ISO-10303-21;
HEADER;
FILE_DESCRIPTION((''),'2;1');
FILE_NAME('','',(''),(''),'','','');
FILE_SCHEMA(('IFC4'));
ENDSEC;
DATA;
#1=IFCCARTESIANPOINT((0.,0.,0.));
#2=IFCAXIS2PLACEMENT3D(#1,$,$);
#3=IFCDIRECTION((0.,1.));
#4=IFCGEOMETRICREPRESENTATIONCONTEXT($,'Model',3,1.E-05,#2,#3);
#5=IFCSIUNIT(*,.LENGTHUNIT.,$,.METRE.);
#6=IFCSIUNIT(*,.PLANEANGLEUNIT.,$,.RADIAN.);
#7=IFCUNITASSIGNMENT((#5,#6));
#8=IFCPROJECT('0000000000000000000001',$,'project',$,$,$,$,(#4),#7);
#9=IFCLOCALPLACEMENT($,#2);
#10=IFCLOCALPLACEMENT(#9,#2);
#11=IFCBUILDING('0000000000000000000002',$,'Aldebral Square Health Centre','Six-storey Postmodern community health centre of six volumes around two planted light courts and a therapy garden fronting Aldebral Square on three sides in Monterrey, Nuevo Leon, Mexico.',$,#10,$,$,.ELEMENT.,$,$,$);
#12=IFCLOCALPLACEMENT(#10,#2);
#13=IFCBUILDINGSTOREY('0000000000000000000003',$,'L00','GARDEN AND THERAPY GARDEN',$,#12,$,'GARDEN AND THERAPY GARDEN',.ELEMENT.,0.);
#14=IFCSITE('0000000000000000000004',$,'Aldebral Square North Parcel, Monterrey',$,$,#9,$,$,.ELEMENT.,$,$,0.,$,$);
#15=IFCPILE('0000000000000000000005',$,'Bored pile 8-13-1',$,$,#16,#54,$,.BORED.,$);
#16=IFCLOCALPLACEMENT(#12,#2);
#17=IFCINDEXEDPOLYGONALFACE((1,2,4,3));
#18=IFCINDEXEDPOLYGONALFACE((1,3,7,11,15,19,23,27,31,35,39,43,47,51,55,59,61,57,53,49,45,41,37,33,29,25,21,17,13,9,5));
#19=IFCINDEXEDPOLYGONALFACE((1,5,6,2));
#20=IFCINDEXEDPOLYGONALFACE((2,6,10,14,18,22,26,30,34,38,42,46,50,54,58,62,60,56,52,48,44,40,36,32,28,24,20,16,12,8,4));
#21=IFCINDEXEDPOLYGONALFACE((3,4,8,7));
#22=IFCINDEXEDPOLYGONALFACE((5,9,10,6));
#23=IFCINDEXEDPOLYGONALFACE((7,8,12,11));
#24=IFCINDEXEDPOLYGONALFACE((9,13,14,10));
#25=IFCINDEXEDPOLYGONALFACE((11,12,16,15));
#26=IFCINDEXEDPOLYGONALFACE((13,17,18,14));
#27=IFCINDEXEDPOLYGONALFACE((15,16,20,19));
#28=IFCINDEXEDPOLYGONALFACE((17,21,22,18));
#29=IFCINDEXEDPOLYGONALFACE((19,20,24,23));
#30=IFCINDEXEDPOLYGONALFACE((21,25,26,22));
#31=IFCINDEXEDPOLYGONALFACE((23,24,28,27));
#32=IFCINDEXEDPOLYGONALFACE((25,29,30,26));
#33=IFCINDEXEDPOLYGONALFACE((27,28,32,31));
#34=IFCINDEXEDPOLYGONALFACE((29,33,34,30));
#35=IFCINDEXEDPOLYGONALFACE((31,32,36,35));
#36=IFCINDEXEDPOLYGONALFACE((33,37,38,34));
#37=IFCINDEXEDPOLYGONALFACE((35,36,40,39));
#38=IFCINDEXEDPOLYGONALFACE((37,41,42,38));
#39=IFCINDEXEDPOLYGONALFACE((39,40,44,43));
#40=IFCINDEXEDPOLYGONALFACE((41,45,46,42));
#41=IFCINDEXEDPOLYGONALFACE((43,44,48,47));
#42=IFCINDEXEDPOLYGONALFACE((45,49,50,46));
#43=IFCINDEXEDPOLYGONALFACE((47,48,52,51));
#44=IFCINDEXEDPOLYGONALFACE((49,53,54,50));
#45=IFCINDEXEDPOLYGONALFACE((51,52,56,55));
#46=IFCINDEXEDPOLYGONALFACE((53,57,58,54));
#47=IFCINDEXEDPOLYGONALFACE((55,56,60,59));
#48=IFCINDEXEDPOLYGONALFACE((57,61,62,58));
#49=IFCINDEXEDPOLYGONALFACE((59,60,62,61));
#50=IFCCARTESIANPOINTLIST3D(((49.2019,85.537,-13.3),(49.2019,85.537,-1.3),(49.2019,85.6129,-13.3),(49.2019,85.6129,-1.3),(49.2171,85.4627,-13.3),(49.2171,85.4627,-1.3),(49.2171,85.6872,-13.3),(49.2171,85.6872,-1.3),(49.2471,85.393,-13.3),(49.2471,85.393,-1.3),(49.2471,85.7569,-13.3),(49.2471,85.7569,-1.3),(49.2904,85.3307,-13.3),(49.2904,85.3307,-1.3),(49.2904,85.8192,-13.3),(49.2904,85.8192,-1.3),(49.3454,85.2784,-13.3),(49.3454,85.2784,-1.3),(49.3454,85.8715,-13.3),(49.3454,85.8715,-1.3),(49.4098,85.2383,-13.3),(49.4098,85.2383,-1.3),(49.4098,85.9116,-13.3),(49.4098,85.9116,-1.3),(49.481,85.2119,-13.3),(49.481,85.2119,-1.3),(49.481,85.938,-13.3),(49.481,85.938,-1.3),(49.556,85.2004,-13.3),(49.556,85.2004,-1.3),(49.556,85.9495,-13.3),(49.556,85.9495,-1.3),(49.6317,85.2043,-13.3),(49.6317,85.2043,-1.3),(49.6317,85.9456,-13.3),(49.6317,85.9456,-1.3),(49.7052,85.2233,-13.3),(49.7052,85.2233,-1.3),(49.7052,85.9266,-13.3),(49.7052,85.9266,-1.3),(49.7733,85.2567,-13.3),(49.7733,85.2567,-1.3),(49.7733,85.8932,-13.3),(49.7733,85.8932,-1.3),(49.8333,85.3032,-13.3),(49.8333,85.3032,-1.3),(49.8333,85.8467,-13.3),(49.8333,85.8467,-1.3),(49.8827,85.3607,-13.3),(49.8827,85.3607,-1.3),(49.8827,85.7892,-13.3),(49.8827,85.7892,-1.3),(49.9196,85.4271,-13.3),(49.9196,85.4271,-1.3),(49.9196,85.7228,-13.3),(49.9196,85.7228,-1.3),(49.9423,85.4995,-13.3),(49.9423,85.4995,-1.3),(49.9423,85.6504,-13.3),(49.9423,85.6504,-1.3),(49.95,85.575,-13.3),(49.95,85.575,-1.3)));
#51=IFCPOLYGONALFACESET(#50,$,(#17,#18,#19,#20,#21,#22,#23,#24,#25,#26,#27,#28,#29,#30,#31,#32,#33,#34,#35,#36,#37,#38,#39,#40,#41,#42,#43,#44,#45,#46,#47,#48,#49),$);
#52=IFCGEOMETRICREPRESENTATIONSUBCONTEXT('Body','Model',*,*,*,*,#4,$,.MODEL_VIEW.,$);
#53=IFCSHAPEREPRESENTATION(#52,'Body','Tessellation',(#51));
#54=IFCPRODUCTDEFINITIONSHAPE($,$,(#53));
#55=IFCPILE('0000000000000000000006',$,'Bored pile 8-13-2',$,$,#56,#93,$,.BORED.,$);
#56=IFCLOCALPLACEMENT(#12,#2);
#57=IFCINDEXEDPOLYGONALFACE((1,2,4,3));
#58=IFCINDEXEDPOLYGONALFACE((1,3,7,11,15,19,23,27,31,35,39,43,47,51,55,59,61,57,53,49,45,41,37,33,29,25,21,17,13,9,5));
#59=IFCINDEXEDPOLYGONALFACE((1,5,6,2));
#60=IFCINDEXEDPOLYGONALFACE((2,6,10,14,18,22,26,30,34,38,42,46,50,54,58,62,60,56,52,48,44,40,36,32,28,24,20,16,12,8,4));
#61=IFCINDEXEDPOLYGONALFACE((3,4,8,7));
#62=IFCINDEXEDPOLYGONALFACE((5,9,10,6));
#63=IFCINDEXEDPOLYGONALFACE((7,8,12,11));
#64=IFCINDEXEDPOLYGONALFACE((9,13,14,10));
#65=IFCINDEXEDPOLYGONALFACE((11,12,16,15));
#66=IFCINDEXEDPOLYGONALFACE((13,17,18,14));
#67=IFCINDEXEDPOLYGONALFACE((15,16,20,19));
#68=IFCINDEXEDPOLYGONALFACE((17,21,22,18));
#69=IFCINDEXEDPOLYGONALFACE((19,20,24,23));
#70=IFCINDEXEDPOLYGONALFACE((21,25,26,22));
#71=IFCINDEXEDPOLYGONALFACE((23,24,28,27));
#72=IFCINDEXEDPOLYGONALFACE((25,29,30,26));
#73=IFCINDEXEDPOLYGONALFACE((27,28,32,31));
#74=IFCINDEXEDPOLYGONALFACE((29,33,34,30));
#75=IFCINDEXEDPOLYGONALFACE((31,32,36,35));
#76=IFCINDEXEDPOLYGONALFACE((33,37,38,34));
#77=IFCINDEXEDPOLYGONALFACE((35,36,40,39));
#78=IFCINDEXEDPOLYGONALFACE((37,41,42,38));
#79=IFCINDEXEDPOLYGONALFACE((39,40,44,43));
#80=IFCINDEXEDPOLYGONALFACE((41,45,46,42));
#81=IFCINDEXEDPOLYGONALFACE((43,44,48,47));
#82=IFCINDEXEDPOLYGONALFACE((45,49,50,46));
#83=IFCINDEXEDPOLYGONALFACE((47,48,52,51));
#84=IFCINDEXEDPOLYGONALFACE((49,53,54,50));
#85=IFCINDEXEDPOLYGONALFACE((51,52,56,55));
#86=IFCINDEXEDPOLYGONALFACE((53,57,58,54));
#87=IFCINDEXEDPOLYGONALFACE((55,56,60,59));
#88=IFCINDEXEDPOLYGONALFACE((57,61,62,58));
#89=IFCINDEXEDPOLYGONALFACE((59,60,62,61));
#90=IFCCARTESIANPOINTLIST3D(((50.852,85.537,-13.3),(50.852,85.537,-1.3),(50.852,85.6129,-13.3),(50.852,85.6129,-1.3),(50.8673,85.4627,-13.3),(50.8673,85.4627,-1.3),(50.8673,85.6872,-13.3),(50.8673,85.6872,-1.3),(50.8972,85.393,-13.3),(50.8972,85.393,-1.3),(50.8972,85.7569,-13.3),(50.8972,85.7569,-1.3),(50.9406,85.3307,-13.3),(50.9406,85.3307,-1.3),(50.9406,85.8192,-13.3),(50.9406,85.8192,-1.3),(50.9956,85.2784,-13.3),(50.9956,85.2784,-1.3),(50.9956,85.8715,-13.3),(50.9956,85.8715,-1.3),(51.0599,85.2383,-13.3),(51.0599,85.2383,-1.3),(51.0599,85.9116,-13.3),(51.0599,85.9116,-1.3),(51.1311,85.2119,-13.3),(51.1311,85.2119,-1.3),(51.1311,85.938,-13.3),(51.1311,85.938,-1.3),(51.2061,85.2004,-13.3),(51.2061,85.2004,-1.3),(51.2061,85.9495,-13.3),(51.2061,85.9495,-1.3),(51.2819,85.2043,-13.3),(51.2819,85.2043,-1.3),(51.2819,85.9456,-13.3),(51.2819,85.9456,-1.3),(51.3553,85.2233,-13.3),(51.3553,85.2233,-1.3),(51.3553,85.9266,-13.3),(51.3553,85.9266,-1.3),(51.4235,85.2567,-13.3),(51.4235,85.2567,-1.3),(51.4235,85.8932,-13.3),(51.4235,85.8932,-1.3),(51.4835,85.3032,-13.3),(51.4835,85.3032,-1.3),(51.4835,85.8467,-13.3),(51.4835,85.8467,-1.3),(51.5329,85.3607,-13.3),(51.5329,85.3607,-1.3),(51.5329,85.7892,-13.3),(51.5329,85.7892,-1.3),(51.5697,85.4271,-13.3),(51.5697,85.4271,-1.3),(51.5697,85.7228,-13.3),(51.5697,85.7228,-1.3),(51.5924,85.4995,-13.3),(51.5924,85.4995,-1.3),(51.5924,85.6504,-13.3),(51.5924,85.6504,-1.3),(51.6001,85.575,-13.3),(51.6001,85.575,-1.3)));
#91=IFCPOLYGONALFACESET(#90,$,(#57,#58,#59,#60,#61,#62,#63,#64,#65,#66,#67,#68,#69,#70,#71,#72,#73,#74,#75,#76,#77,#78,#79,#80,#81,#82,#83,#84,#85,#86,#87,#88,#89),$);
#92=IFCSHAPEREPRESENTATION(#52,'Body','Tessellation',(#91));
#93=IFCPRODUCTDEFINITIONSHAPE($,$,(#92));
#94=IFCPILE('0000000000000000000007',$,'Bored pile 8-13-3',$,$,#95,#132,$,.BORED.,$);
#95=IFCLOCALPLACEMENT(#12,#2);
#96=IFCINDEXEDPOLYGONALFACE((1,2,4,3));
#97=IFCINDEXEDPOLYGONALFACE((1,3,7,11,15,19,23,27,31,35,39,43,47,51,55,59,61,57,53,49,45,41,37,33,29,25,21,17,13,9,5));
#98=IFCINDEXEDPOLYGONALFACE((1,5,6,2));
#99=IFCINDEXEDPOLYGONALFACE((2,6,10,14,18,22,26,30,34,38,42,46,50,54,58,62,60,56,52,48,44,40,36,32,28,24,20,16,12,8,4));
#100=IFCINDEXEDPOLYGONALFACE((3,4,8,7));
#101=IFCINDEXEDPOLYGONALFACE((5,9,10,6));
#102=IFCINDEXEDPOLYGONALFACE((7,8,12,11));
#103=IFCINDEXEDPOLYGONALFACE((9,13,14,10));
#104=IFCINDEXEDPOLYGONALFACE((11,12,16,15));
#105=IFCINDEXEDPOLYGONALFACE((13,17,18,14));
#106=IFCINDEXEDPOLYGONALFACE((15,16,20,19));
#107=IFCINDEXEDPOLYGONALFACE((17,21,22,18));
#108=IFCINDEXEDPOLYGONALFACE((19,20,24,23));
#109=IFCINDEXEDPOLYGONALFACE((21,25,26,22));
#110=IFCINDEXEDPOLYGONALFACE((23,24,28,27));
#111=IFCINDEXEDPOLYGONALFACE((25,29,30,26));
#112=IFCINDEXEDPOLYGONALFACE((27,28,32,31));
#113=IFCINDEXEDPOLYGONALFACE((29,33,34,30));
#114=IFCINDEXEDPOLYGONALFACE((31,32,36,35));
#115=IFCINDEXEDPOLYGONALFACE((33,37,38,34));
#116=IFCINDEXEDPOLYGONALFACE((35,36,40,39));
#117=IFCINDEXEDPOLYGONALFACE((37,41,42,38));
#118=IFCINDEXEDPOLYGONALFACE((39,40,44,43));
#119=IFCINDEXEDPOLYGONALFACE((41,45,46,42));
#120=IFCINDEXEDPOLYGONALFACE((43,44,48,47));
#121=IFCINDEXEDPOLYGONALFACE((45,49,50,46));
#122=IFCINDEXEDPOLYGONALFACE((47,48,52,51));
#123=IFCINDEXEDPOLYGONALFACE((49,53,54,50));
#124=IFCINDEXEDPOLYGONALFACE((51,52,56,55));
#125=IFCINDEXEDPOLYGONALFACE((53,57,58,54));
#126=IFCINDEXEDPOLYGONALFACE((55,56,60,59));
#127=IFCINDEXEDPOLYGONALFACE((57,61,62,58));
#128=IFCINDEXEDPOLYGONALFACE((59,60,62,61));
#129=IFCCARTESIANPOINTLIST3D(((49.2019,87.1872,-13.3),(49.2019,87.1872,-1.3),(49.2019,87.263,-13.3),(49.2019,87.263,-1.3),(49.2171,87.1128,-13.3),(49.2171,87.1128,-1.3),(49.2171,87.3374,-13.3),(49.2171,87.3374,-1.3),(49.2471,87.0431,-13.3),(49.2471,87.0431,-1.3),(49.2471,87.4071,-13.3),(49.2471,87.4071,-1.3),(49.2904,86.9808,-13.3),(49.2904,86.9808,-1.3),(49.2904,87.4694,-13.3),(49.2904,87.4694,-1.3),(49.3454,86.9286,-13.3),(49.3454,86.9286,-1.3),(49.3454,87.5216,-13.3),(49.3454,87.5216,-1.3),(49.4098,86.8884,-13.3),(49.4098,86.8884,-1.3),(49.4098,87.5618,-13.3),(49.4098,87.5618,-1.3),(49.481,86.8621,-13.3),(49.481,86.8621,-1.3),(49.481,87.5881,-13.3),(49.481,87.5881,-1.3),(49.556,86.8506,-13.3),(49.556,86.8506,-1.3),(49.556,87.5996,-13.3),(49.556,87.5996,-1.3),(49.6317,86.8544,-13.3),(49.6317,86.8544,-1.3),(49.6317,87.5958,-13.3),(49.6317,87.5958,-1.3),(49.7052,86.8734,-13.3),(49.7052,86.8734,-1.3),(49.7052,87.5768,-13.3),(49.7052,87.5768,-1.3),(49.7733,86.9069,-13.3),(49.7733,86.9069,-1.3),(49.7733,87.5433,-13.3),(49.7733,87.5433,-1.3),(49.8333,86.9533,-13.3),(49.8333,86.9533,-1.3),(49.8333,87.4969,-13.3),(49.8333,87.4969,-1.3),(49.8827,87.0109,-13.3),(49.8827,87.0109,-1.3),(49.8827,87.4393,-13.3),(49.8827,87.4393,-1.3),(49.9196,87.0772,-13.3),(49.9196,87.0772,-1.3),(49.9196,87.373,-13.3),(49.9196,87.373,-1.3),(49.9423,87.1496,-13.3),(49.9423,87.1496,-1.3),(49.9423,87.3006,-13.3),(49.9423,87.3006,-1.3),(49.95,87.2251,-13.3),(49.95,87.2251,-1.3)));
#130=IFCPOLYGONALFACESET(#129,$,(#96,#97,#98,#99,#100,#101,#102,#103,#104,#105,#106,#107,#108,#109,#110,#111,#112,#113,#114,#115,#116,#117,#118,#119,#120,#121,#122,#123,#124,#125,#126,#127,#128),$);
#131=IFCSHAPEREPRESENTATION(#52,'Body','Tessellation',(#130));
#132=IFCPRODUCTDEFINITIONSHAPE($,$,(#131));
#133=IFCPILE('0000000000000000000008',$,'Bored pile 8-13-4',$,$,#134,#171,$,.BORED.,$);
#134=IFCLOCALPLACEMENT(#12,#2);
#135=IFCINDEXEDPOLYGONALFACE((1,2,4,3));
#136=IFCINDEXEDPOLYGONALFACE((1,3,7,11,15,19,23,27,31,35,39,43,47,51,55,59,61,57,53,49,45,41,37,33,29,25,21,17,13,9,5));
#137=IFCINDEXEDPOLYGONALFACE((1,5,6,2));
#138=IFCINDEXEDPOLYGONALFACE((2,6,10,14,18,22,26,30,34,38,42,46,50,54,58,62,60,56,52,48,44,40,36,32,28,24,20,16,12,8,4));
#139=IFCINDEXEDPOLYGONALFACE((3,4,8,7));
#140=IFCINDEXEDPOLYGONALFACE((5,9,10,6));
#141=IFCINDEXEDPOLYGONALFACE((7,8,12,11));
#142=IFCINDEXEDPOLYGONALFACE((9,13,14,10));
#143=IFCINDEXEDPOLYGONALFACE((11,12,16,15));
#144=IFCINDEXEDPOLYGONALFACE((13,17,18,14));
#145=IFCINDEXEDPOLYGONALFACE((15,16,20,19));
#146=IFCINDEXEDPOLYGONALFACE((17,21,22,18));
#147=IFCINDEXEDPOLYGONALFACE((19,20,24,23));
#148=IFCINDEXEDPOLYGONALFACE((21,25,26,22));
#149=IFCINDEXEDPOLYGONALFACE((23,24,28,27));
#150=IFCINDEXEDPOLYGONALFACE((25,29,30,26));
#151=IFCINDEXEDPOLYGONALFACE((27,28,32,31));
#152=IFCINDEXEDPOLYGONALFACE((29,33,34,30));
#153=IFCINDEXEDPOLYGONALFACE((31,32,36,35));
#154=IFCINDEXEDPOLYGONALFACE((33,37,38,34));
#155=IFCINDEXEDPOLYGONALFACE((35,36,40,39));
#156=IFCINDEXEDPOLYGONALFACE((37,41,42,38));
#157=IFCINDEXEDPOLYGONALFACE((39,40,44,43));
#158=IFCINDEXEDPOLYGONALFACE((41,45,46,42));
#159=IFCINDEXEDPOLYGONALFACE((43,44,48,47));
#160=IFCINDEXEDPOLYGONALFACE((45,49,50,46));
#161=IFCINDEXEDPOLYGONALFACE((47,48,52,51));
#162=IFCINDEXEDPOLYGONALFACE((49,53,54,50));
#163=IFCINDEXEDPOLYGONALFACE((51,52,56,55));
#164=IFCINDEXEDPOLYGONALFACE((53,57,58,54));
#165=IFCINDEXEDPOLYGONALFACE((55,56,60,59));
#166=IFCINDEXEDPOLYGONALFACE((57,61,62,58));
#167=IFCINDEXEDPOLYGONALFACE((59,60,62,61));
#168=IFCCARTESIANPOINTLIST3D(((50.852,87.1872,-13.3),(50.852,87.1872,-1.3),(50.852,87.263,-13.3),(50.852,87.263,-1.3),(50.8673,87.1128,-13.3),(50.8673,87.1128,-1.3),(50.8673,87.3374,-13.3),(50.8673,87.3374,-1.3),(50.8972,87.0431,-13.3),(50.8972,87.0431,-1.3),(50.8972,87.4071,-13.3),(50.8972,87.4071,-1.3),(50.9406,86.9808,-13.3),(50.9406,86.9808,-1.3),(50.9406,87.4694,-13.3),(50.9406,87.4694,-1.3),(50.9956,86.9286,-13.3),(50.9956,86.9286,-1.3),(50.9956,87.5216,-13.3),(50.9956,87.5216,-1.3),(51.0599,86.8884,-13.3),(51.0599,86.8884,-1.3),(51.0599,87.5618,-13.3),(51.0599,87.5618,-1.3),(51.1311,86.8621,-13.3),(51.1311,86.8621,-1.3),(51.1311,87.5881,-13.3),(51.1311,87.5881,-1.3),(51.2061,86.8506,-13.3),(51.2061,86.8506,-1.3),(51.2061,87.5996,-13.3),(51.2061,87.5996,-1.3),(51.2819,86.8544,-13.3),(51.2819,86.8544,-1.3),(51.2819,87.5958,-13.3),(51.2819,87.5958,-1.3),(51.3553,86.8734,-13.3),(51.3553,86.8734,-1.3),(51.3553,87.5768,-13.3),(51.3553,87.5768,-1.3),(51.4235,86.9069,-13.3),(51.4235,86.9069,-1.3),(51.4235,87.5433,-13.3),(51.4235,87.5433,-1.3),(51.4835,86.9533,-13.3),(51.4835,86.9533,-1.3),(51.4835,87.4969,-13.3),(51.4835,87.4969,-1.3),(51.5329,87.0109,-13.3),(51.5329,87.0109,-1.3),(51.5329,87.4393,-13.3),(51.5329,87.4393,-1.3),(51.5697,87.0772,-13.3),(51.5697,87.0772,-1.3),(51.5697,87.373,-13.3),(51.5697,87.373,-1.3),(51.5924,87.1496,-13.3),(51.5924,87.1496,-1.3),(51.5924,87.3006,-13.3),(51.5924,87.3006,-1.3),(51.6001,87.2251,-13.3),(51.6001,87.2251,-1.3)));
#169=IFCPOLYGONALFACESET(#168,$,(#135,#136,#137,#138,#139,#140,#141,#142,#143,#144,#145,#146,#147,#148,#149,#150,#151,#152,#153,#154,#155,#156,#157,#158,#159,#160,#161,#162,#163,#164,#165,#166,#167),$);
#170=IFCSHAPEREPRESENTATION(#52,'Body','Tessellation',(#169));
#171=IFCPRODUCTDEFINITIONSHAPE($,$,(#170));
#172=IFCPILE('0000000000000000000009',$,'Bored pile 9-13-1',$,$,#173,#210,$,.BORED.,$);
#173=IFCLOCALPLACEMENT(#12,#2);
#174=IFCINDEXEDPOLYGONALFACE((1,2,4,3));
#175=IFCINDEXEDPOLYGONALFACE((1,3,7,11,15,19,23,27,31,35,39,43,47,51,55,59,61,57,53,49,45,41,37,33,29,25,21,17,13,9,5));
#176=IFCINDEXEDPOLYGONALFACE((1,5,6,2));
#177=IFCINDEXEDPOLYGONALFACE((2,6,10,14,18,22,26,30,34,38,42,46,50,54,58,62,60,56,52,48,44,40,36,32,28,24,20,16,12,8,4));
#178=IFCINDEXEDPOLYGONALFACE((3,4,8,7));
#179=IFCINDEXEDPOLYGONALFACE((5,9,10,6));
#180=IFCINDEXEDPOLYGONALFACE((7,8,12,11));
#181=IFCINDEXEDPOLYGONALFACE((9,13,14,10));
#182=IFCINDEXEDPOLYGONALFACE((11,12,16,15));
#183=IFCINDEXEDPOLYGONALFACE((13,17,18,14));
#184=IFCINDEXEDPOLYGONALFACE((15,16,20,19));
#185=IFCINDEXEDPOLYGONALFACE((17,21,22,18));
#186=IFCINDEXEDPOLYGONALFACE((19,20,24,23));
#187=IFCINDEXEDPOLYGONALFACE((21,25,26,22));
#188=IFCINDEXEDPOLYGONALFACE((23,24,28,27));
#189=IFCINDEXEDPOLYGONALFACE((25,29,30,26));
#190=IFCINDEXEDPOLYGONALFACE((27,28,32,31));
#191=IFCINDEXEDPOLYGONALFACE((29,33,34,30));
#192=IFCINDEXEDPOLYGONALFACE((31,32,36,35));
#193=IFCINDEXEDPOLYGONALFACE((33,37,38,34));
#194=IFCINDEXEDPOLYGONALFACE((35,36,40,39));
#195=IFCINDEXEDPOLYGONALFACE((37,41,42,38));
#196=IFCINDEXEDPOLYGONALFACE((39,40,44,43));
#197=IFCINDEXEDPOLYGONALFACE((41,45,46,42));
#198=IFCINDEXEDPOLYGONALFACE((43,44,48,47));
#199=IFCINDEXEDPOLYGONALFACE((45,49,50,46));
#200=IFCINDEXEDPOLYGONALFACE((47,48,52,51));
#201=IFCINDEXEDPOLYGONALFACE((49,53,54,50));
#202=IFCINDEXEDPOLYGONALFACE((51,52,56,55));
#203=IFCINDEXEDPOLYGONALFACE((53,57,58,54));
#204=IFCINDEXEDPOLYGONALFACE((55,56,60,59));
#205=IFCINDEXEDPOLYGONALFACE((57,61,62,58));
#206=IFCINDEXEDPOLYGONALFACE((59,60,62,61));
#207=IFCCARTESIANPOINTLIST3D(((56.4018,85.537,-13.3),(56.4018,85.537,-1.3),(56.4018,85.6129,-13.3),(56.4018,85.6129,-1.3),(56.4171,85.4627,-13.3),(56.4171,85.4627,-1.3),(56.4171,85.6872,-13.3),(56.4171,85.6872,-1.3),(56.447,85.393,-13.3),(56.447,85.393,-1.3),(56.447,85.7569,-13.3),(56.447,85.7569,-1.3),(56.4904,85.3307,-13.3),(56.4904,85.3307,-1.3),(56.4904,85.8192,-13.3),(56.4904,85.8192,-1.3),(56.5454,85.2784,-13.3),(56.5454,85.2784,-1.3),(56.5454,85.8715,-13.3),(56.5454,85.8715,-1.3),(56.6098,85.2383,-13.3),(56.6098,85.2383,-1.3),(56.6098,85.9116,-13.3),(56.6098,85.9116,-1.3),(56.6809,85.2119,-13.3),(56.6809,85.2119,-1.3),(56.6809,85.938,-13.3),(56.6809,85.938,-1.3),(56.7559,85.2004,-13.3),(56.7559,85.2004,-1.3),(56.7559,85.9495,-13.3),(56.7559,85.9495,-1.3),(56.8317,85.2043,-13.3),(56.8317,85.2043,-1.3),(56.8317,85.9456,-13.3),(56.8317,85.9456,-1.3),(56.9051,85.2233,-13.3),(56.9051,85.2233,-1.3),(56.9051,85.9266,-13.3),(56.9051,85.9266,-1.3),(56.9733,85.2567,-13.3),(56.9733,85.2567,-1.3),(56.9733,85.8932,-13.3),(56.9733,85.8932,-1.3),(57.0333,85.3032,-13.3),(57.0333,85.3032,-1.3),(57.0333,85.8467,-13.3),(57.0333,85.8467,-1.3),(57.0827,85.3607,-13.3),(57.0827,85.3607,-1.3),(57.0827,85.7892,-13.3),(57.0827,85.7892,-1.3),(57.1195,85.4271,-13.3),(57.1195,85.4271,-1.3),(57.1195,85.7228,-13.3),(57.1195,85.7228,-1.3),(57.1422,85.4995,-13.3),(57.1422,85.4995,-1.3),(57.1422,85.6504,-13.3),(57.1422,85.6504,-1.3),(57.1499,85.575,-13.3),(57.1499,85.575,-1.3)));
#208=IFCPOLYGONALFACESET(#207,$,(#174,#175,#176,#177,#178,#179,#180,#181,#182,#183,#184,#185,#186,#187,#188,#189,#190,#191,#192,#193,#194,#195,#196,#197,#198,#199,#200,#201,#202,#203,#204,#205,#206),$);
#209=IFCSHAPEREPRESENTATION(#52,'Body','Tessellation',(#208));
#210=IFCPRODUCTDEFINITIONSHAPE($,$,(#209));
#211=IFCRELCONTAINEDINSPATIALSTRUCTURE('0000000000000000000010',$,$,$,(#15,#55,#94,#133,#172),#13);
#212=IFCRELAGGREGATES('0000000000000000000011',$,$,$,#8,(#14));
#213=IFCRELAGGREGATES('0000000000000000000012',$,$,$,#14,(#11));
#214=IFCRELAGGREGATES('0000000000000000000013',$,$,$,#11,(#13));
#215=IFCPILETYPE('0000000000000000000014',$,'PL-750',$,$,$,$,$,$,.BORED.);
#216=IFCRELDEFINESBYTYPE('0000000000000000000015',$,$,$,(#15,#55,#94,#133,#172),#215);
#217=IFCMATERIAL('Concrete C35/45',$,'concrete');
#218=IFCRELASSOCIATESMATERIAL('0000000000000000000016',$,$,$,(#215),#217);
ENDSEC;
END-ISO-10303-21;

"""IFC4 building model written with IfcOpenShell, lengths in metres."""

from ifc_helpers import new_model, si_unit, direction, frame, origin, origin_2d, place, context, subcontext, project, spatial, circle, extrude, material, material_profile, profile_set, type_object, element, save


model = new_model("IFC4")

# Units and contexts
model_context = context("Model", 3, precision=1e-05, world=origin(), true_north=direction((0.0, 1.0)))
body_context = subcontext(model_context, "Body", "Model", "MODEL_VIEW")
ifc_project = project(units=[si_unit("LENGTHUNIT", "METRE"), si_unit("PLANEANGLEUNIT", "RADIAN")], contexts=[model_context])

# Site, building, storey
site_placement = place(None, origin())
site = spatial("IfcSite", under=ifc_project, at=site_placement, Name="Aldebral Square North Parcel, Monterrey", CompositionType="ELEMENT", RefElevation=0.0)
building_placement = place(site_placement, origin())
building = spatial("IfcBuilding", under=site, at=building_placement, Name="Aldebral Square Health Centre", Description="Six-storey Postmodern community health centre of six volumes around two planted light courts and a therapy garden fronting Aldebral Square on three sides in Monterrey, Nuevo Leon, Mexico.", CompositionType="ELEMENT")
storey_placement = place(building_placement, origin())
storey = spatial("IfcBuildingStorey", under=building, at=storey_placement, Name="L00", Description="GARDEN AND THERAPY GARDEN", LongName="GARDEN AND THERAPY GARDEN", CompositionType="ELEMENT", Elevation=0.0)

# Shared definitions
ifc_material_1 = material(Name="Concrete C35/45", Category="concrete")

# Piles
ifc_material_profile_1 = material_profile(ifc_material_1, circle(Radius=0.375, at=origin_2d()), Name="PILE D750")
ifc_profile_set_1 = profile_set([ifc_material_profile_1], Name="Concrete C35/45")
pile_type = type_object("IfcPileType", Name="PL-750", PredefinedType="BORED", material=ifc_profile_set_1)
for number, where, z_axis, x_axis, name in (
    (1, (49.575, 85.575, -1.3), (0.0, 0.0, -1.0), (1.0, 0.0, 0.0), "Bored pile 8-13-1"),
    (2, (51.2251, 85.575, -1.3), (0.0, 0.0, -1.0), (1.0, 0.0, 0.0), "Bored pile 8-13-2"),
    (3, (49.575, 87.2251, -1.3), (0.0, 0.0, -1.0), (1.0, 0.0, 0.0), "Bored pile 8-13-3"),
    (4, (51.2251, 87.2251, -1.3), (0.0, 0.0, -1.0), (1.0, 0.0, 0.0), "Bored pile 8-13-4"),
    (5, (56.7749, 85.575, -1.3), (0.0, 0.0, -1.0), (1.0, 0.0, 0.0), "Bored pile 9-13-1"),
):
    element("IfcPile", number, at=place(storey_placement, frame(where, z_axis=z_axis, x_axis=x_axis)), inside=storey, type_object=pile_type, Name=name, PredefinedType="BORED", context=body_context, shape_type="SweptSolid", body=[
        extrude(circle(Radius=0.375, at=origin_2d()), origin(), (0.0, 0.0, 1.0), 12.0),
    ])

save(model, "model.ifc")
